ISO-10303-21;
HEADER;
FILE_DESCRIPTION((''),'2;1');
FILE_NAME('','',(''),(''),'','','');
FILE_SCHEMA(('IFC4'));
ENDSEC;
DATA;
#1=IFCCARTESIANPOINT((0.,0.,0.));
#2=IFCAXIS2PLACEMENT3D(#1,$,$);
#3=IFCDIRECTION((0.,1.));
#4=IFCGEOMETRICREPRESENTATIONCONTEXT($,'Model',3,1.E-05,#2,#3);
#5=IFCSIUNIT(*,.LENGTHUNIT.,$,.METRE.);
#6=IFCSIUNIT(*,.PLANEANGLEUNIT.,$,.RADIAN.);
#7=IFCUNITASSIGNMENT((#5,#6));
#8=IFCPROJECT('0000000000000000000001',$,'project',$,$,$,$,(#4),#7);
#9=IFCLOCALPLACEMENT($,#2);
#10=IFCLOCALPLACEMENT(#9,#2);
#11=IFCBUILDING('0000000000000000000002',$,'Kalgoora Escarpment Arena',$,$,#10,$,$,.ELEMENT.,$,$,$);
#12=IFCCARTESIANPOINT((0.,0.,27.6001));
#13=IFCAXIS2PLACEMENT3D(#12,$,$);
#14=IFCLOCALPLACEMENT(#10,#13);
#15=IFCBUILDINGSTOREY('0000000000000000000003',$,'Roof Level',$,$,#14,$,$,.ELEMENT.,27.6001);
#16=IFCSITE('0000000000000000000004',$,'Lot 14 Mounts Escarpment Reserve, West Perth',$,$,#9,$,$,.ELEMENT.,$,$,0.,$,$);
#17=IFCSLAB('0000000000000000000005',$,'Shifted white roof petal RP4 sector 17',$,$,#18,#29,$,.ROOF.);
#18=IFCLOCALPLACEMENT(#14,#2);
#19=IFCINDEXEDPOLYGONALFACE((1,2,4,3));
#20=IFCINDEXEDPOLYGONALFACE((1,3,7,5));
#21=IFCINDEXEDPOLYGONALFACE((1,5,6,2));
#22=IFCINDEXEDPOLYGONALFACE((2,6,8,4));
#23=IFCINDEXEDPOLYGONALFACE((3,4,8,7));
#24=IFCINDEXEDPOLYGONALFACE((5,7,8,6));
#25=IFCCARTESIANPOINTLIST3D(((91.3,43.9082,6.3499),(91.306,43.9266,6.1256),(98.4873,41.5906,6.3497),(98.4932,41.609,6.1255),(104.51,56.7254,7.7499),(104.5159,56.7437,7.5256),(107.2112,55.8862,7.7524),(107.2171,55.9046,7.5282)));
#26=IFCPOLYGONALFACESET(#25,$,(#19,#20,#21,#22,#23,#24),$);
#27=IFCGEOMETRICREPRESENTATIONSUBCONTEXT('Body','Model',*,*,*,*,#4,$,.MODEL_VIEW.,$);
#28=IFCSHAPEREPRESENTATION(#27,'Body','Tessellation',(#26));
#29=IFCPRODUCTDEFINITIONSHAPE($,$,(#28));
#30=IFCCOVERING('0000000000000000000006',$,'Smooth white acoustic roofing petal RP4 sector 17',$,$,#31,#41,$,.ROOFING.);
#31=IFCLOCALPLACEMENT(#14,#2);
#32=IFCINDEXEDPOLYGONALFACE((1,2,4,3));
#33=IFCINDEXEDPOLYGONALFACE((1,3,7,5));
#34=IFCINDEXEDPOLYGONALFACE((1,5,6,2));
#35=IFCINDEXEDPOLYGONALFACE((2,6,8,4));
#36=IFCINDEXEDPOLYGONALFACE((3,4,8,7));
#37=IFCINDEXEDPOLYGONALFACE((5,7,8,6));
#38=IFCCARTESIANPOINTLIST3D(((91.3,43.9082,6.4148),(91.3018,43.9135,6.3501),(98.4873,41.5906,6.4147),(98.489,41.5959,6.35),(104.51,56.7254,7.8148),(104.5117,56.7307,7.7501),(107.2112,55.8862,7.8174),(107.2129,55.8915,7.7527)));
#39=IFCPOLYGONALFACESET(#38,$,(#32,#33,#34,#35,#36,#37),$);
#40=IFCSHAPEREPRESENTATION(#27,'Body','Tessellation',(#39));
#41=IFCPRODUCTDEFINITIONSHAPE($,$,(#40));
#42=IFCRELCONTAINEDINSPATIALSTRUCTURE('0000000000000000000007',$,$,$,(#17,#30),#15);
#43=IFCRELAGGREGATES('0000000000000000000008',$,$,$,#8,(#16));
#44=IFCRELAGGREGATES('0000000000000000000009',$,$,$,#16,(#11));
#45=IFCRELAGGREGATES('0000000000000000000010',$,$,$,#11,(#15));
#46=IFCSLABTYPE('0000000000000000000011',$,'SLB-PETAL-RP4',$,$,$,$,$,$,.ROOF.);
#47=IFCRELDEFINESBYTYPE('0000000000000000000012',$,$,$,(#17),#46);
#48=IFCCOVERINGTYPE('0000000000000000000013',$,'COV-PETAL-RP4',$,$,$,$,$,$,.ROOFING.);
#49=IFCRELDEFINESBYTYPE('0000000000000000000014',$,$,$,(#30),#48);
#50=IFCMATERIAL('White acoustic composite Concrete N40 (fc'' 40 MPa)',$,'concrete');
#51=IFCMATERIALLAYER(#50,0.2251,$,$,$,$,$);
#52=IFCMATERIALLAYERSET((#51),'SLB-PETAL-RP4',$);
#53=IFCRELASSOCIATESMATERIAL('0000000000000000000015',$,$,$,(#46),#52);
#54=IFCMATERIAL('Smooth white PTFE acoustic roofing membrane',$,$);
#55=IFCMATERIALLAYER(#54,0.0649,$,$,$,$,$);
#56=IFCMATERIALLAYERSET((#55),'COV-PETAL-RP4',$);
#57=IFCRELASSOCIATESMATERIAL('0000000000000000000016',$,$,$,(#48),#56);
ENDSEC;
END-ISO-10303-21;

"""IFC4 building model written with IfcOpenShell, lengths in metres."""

from ifc_helpers import new_model, si_unit, direction, frame, origin, place, context, subcontext, project, spatial, polyline, outline, extrude, material, layer, layer_set, type_object, element, save


model = new_model("IFC4")

# Units and contexts
model_context = context("Model", 3, precision=1e-05, world=origin(), true_north=direction((0.0, 1.0)))
body_context = subcontext(model_context, "Body", "Model", "MODEL_VIEW")
ifc_project = project(units=[si_unit("LENGTHUNIT", "METRE"), si_unit("PLANEANGLEUNIT", "RADIAN")], contexts=[model_context])

# Site, building, storey
site_placement = place(None, origin())
site = spatial("IfcSite", under=ifc_project, at=site_placement, Name="Lot 14 Mounts Escarpment Reserve, West Perth", CompositionType="ELEMENT", RefElevation=0.0)
building_placement = place(site_placement, origin())
building = spatial("IfcBuilding", under=site, at=building_placement, Name="Kalgoora Escarpment Arena", CompositionType="ELEMENT")
storey_placement = place(building_placement, frame((0.0, 0.0, 27.6001)))
storey = spatial("IfcBuildingStorey", under=building, at=storey_placement, Name="Roof Level", CompositionType="ELEMENT", Elevation=27.6001)

# Slab
ifc_material_1 = material(Name="White acoustic composite Concrete N40 (fc' 40 MPa)", Category="concrete")
ifc_layer_1 = layer(ifc_material_1, 0.2251)
ifc_layer_set_1 = layer_set([ifc_layer_1], Name="SLB-PETAL-RP4")
slab_type = type_object("IfcSlabType", Name="SLB-PETAL-RP4", PredefinedType="ROOF", material=ifc_layer_set_1)
slab_placement = place(storey_placement, frame((91.3, 43.9082, 6.3499), z_axis=(-0.026326, -0.081694, 0.99631), x_axis=(0.951742, -0.3069, -0.000017)))
element("IfcSlab", 1, at=slab_placement, inside=storey, type_object=slab_type, Name="Shifted white roof petal RP4 sector 17", PredefinedType="ROOF", context=body_context, shape_type="SweptSolid", body=[
    extrude(outline(polyline([(0.0, 0.0), (7.5517, 0.0), (11.4672, 16.3434), (8.6389, 16.313), (0.0, 0.0)])), origin(), (0.0, 0.0, -1.0), 0.2251),
])

# Covering
ifc_material_2 = material(Name="Smooth white PTFE acoustic roofing membrane")
ifc_layer_2 = layer(ifc_material_2, 0.0649)
ifc_layer_set_2 = layer_set([ifc_layer_2], Name="COV-PETAL-RP4")
covering_type = type_object("IfcCoveringType", Name="COV-PETAL-RP4", PredefinedType="ROOFING", material=ifc_layer_set_2)
covering_placement = place(storey_placement, frame((91.3, 43.9082, 6.4148), z_axis=(-0.026326, -0.081694, 0.99631), x_axis=(0.951742, -0.3069, -0.000017)))
element("IfcCovering", 2, at=covering_placement, inside=storey, type_object=covering_type, Name="Smooth white acoustic roofing petal RP4 sector 17", PredefinedType="ROOFING", context=body_context, shape_type="SweptSolid", body=[
    extrude(outline(polyline([(0.0, 0.0), (7.5517, 0.0), (11.4672, 16.3434), (8.6389, 16.313), (0.0, 0.0)])), origin(), (0.0, 0.0, -1.0), 0.0649),
])

save(model, "model.ifc")
